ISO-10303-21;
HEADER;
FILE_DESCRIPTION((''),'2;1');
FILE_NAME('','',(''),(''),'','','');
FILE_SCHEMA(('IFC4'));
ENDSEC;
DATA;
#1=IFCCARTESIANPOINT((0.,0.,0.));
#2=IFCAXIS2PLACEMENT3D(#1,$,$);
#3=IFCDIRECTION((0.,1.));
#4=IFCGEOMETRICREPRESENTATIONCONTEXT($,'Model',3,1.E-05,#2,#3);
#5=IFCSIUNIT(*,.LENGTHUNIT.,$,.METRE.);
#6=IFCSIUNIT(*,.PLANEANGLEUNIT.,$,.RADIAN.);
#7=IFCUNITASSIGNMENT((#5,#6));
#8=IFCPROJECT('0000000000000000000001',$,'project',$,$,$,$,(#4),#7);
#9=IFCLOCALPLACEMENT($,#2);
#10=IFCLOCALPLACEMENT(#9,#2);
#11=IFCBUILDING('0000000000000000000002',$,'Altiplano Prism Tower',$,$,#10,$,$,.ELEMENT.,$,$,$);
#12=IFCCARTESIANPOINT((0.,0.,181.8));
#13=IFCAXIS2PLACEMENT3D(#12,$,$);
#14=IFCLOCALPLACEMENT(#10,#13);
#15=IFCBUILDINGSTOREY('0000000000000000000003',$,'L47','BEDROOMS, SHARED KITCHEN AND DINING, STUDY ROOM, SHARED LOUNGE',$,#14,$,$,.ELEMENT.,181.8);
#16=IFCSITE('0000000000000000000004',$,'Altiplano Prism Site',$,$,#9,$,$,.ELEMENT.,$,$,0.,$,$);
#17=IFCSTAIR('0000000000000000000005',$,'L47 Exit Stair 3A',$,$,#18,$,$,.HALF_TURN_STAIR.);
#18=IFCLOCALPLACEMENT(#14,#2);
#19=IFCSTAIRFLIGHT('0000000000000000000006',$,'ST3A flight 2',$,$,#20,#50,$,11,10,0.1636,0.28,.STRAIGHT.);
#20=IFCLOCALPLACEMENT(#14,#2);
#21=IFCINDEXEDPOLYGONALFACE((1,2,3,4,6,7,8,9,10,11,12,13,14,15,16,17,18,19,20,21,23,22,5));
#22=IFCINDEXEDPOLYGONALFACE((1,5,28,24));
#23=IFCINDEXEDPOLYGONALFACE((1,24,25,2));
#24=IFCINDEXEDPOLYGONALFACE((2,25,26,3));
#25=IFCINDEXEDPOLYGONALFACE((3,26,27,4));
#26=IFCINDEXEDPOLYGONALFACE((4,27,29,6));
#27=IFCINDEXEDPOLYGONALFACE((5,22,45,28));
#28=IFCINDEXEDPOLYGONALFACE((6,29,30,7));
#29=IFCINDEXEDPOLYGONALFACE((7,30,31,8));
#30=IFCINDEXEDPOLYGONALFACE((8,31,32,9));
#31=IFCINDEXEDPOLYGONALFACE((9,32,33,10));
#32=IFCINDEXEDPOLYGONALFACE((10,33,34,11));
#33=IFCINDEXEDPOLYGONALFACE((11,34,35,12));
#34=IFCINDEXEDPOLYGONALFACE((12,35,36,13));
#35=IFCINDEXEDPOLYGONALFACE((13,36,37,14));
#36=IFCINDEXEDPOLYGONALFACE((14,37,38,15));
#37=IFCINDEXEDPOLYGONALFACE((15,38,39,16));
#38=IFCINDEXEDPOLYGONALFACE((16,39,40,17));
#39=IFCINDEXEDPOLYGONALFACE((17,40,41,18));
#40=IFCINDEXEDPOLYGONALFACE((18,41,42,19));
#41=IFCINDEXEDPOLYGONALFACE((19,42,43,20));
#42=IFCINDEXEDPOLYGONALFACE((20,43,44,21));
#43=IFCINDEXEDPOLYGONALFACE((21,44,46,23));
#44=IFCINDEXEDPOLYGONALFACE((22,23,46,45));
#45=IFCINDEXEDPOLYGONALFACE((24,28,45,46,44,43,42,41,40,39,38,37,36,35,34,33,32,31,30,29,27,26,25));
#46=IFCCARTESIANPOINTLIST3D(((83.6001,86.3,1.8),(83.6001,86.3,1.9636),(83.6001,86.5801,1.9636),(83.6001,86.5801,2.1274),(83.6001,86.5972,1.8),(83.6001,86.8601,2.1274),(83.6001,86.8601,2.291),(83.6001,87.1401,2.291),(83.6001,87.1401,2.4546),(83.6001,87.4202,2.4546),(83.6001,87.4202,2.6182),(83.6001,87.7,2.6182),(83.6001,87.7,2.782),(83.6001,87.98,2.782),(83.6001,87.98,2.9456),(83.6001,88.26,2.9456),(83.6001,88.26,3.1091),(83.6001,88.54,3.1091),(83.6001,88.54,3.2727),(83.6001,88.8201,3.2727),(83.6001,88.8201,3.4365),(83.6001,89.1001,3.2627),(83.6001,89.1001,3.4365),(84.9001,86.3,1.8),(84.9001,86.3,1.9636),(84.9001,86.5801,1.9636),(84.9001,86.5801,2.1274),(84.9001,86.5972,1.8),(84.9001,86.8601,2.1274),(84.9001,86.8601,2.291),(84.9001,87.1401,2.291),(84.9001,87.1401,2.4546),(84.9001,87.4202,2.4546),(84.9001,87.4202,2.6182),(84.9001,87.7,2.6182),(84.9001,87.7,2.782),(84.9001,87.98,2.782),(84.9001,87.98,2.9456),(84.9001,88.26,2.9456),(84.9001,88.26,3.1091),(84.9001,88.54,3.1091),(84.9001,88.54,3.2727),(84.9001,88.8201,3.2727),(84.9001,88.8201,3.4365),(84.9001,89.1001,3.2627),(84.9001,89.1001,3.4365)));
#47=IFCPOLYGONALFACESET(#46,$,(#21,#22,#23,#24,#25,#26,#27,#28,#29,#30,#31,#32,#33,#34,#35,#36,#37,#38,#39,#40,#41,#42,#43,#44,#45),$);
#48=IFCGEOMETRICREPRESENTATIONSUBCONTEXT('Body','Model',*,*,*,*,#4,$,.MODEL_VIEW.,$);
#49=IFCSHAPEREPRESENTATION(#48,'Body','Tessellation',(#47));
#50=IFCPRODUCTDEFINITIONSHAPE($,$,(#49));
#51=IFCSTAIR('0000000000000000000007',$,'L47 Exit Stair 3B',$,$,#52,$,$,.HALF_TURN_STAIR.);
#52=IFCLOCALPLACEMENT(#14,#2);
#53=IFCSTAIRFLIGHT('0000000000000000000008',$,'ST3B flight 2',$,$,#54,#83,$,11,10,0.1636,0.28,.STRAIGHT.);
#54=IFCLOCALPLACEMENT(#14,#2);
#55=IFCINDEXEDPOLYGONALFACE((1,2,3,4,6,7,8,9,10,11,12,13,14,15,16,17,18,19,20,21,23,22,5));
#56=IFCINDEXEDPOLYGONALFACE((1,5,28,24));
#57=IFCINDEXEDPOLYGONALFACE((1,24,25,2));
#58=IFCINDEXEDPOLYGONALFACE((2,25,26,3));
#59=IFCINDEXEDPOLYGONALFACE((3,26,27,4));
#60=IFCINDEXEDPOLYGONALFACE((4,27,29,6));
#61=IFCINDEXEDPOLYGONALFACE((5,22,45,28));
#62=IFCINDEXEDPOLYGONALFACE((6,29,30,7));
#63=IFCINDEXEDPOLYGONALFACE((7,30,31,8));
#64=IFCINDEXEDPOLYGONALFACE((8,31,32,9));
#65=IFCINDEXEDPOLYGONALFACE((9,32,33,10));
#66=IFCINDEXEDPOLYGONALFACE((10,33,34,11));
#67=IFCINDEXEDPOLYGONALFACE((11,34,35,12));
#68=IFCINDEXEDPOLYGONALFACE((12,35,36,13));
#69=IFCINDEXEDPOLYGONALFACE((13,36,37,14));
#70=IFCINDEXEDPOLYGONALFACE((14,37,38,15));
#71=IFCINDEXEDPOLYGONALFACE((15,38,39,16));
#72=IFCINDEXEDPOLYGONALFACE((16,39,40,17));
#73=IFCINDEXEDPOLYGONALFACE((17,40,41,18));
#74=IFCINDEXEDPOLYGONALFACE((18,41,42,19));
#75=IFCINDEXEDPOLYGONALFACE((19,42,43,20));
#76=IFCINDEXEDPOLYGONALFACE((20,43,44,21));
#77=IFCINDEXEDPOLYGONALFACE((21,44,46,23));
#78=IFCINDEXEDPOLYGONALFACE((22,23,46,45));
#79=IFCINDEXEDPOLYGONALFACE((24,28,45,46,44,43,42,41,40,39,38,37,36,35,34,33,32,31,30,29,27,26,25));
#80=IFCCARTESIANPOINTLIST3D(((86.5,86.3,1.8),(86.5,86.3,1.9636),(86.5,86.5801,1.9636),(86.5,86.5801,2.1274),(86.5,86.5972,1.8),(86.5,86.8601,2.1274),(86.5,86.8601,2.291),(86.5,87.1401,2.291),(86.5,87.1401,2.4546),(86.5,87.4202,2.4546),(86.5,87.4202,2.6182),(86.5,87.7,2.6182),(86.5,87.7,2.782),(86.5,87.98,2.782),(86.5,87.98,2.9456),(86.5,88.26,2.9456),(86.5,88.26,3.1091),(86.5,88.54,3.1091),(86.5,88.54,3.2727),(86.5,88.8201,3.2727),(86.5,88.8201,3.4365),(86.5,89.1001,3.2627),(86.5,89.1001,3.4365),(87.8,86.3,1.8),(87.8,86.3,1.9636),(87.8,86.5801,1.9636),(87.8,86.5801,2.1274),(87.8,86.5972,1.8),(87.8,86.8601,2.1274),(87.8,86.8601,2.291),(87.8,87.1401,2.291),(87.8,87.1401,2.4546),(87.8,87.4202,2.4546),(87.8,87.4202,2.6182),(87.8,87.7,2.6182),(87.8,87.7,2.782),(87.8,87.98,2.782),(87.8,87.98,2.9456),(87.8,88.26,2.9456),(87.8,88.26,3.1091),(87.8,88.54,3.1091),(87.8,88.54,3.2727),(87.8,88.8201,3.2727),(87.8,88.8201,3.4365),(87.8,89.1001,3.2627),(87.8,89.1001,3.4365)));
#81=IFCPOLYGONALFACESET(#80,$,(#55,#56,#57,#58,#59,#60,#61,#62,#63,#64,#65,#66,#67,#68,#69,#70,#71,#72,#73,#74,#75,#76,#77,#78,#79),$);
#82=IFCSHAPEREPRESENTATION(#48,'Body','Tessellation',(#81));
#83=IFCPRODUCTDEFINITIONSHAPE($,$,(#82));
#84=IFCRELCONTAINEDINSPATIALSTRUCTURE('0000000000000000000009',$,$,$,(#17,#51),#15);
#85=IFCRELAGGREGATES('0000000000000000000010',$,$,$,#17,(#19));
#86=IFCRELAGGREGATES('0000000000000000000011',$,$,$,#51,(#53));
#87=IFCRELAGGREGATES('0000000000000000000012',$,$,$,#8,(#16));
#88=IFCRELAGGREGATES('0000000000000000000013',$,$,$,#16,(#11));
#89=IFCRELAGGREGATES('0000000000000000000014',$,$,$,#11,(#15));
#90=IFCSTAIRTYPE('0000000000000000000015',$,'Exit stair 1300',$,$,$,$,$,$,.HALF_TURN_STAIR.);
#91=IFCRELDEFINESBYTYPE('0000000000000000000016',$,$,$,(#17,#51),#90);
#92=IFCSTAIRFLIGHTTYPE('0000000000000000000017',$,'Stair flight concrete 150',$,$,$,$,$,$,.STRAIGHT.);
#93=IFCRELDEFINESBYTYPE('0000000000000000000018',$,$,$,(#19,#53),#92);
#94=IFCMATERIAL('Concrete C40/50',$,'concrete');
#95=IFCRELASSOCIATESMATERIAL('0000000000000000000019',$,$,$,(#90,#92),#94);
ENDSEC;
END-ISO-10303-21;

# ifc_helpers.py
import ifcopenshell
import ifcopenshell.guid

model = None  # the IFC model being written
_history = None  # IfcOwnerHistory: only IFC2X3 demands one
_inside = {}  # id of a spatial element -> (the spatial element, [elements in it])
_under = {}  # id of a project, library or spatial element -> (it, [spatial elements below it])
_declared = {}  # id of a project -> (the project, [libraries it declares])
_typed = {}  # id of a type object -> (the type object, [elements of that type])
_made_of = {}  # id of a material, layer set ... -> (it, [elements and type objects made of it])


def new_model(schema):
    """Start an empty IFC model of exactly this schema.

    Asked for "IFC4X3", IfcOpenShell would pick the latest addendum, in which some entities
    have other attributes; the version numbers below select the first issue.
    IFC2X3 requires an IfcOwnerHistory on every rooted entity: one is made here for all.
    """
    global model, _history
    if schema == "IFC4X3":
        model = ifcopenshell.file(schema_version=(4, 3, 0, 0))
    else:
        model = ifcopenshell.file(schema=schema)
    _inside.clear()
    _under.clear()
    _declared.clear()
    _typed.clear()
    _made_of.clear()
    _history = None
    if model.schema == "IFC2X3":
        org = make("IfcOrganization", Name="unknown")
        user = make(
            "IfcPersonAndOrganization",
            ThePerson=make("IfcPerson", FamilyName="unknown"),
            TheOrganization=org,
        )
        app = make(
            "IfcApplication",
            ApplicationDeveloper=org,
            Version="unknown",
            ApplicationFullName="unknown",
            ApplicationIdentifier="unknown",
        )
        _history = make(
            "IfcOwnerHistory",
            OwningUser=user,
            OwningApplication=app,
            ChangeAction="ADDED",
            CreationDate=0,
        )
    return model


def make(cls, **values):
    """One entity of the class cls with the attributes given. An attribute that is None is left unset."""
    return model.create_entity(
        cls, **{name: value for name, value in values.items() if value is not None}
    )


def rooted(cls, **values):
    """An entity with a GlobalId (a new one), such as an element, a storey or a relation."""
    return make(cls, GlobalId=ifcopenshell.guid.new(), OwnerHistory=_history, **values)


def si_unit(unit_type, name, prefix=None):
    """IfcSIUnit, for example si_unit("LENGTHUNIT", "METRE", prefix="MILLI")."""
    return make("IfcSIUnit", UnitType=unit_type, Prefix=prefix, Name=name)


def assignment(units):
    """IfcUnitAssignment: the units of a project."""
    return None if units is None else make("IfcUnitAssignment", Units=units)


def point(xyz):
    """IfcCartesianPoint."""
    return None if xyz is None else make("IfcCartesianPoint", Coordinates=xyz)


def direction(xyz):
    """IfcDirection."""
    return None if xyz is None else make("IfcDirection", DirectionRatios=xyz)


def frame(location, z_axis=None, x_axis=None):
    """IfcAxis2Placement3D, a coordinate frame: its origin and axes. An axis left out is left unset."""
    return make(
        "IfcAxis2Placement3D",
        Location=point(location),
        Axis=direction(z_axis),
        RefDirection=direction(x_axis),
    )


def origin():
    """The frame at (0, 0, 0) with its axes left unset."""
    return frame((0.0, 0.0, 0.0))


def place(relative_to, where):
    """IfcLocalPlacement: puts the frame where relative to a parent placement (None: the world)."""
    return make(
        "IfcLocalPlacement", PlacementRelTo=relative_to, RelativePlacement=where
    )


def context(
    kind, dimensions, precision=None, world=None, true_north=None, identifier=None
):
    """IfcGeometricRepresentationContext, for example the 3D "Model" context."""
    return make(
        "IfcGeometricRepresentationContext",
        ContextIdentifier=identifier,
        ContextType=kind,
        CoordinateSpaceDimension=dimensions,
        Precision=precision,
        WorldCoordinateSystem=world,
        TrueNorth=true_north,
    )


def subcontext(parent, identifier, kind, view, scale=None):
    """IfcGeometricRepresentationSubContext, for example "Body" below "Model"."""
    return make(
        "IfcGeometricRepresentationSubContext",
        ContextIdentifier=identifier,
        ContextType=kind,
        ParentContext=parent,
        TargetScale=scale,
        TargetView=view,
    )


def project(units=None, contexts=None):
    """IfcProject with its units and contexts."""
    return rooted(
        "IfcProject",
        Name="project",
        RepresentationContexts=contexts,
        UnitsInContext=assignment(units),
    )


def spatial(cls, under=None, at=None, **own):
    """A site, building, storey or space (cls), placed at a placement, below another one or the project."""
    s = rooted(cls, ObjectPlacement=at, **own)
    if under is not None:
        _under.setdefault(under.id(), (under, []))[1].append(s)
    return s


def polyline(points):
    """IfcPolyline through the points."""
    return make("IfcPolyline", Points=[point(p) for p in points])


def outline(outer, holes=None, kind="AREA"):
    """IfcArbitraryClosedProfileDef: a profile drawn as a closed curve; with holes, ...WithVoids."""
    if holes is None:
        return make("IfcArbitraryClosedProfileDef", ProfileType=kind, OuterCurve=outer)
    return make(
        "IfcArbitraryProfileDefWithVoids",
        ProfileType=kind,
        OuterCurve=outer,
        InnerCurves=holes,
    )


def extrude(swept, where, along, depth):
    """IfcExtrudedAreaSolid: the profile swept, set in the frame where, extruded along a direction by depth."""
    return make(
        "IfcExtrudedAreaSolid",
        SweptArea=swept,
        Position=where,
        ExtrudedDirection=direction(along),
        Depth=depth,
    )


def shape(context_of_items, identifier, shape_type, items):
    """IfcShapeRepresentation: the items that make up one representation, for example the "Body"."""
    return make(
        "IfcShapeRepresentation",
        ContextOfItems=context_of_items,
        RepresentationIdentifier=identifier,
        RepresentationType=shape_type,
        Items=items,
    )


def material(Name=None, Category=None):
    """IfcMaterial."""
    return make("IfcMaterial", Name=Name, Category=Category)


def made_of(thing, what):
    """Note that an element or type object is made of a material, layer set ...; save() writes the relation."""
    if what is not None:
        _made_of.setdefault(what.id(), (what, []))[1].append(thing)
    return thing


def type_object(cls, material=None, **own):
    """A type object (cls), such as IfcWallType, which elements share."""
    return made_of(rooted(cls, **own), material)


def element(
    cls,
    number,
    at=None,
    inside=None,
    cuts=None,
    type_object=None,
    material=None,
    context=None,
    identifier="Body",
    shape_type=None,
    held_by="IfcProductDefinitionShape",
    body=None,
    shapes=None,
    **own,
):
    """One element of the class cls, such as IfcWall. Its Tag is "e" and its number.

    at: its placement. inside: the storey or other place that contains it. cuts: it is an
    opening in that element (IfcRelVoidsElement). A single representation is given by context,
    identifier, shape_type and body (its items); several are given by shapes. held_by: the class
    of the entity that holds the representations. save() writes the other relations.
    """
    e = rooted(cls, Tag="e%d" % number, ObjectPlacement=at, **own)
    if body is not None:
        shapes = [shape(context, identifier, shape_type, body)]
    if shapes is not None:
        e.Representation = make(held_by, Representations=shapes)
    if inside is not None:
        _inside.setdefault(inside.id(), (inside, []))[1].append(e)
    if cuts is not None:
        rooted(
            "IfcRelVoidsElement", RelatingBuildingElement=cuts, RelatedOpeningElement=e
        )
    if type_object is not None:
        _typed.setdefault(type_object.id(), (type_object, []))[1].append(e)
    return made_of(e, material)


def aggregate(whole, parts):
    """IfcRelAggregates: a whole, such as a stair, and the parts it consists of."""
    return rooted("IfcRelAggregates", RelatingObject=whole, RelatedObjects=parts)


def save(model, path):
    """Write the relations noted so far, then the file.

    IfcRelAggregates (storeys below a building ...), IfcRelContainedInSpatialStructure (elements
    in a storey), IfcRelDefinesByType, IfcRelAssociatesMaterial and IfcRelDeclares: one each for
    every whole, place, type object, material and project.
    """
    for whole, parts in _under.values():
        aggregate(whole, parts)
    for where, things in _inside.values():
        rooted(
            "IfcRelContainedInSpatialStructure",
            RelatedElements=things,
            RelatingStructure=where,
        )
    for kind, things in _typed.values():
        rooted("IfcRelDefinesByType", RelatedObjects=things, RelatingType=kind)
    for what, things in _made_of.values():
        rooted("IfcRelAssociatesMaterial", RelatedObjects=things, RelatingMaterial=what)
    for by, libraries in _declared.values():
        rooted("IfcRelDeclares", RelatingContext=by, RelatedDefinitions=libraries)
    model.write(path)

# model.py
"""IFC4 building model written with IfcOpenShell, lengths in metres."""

from ifc_helpers import new_model, si_unit, direction, frame, origin, place, context, subcontext, project, spatial, polyline, outline, extrude, material, type_object, element, aggregate, save


model = new_model("IFC4")

# Units and contexts
model_context = context("Model", 3, precision=1e-05, world=origin(), true_north=direction((0.0, 1.0)))
body_context = subcontext(model_context, "Body", "Model", "MODEL_VIEW")
ifc_project = project(units=[si_unit("LENGTHUNIT", "METRE"), si_unit("PLANEANGLEUNIT", "RADIAN")], contexts=[model_context])

# Site, building, storey
site_placement = place(None, origin())
site = spatial("IfcSite", under=ifc_project, at=site_placement, Name="Altiplano Prism Site", CompositionType="ELEMENT", RefElevation=0.0)
building_placement = place(site_placement, origin())
building = spatial("IfcBuilding", under=site, at=building_placement, Name="Altiplano Prism Tower", CompositionType="ELEMENT")
storey_placement = place(building_placement, frame((0.0, 0.0, 181.8)))
storey = spatial("IfcBuildingStorey", under=building, at=storey_placement, Name="L47", Description="BEDROOMS, SHARED KITCHEN AND DINING, STUDY ROOM, SHARED LOUNGE", CompositionType="ELEMENT", Elevation=181.8)

# Stairs, stair flights
ifc_material_1 = material(Name="Concrete C40/50", Category="concrete")
stair_type = type_object("IfcStairType", Name="Exit stair 1300", PredefinedType="HALF_TURN_STAIR", material=ifc_material_1)
stair_1_placement = place(storey_placement, origin())
stair_1 = element("IfcStair", 1, at=stair_1_placement, inside=storey, type_object=stair_type, Name="L47 Exit Stair 3A", PredefinedType="HALF_TURN_STAIR")
stair_flight_type = type_object("IfcStairFlightType", Name="Stair flight concrete 150", PredefinedType="STRAIGHT", material=ifc_material_1)
stair_flight_1_placement = place(storey_placement, frame((84.25, 86.3, 1.8), z_axis=(0.0, 0.0, 1.0), x_axis=(0.0, 1.0, 0.0)))
stair_flight_1 = element("IfcStairFlight", 2, at=stair_flight_1_placement, type_object=stair_flight_type, Name="ST3A flight 2", NumberOfRisers=11, NumberOfTreads=10, PredefinedType="STRAIGHT", RiserHeight=0.1636, TreadLength=0.28, context=body_context, shape_type="SweptSolid", body=[
    extrude(outline(polyline([(0.0, 0.0), (0.0, 0.1636), (0.28, 0.1636), (0.28, 0.3274), (0.5601, 0.3274), (0.5601, 0.491), (0.8401, 0.491), (0.8401, 0.6545), (1.1201, 0.6545), (1.1201, 0.8181), (1.3999, 0.8181), (1.3999, 0.9819), (1.6799, 0.9819), (1.6799, 1.1455), (1.96, 1.1455), (1.96, 1.3091), (2.24, 1.3091), (2.24, 1.4727), (2.52, 1.4727), (2.52, 1.6365), (2.8, 1.6365), (2.8, 1.8), (2.8, 1.4626), (0.2971, 0.0), (0.0, 0.0)])), frame((0.0, 0.6499, 0.0), z_axis=(0.0, -1.0, 0.0), x_axis=(1.0, 0.0, 0.0)), (0.0, 0.0, 1.0), 1.3),
])
aggregate(stair_1, [stair_flight_1])
stair_2_placement = place(storey_placement, origin())
stair_2 = element("IfcStair", 3, at=stair_2_placement, inside=storey, type_object=stair_type, Name="L47 Exit Stair 3B", PredefinedType="HALF_TURN_STAIR")
stair_flight_2_placement = place(storey_placement, frame((87.1499, 86.3, 1.8), z_axis=(0.0, 0.0, 1.0), x_axis=(0.0, 1.0, 0.0)))
stair_flight_2 = element("IfcStairFlight", 4, at=stair_flight_2_placement, type_object=stair_flight_type, Name="ST3B flight 2", NumberOfRisers=11, NumberOfTreads=10, PredefinedType="STRAIGHT", RiserHeight=0.1636, TreadLength=0.28, context=body_context, shape_type="SweptSolid", body=[
    extrude(outline(polyline([(0.0, 0.0), (0.0, 0.1636), (0.28, 0.1636), (0.28, 0.3274), (0.5601, 0.3274), (0.5601, 0.491), (0.8401, 0.491), (0.8401, 0.6545), (1.1201, 0.6545), (1.1201, 0.8181), (1.3999, 0.8181), (1.3999, 0.9819), (1.6799, 0.9819), (1.6799, 1.1455), (1.96, 1.1455), (1.96, 1.3091), (2.24, 1.3091), (2.24, 1.4727), (2.52, 1.4727), (2.52, 1.6365), (2.8, 1.6365), (2.8, 1.8), (2.8, 1.4626), (0.2971, 0.0), (0.0, 0.0)])), frame((0.0, 0.6499, 0.0), z_axis=(0.0, -1.0, 0.0), x_axis=(1.0, 0.0, 0.0)), (0.0, 0.0, 1.0), 1.3),
])
aggregate(stair_2, [stair_flight_2])

save(model, "model.ifc")
